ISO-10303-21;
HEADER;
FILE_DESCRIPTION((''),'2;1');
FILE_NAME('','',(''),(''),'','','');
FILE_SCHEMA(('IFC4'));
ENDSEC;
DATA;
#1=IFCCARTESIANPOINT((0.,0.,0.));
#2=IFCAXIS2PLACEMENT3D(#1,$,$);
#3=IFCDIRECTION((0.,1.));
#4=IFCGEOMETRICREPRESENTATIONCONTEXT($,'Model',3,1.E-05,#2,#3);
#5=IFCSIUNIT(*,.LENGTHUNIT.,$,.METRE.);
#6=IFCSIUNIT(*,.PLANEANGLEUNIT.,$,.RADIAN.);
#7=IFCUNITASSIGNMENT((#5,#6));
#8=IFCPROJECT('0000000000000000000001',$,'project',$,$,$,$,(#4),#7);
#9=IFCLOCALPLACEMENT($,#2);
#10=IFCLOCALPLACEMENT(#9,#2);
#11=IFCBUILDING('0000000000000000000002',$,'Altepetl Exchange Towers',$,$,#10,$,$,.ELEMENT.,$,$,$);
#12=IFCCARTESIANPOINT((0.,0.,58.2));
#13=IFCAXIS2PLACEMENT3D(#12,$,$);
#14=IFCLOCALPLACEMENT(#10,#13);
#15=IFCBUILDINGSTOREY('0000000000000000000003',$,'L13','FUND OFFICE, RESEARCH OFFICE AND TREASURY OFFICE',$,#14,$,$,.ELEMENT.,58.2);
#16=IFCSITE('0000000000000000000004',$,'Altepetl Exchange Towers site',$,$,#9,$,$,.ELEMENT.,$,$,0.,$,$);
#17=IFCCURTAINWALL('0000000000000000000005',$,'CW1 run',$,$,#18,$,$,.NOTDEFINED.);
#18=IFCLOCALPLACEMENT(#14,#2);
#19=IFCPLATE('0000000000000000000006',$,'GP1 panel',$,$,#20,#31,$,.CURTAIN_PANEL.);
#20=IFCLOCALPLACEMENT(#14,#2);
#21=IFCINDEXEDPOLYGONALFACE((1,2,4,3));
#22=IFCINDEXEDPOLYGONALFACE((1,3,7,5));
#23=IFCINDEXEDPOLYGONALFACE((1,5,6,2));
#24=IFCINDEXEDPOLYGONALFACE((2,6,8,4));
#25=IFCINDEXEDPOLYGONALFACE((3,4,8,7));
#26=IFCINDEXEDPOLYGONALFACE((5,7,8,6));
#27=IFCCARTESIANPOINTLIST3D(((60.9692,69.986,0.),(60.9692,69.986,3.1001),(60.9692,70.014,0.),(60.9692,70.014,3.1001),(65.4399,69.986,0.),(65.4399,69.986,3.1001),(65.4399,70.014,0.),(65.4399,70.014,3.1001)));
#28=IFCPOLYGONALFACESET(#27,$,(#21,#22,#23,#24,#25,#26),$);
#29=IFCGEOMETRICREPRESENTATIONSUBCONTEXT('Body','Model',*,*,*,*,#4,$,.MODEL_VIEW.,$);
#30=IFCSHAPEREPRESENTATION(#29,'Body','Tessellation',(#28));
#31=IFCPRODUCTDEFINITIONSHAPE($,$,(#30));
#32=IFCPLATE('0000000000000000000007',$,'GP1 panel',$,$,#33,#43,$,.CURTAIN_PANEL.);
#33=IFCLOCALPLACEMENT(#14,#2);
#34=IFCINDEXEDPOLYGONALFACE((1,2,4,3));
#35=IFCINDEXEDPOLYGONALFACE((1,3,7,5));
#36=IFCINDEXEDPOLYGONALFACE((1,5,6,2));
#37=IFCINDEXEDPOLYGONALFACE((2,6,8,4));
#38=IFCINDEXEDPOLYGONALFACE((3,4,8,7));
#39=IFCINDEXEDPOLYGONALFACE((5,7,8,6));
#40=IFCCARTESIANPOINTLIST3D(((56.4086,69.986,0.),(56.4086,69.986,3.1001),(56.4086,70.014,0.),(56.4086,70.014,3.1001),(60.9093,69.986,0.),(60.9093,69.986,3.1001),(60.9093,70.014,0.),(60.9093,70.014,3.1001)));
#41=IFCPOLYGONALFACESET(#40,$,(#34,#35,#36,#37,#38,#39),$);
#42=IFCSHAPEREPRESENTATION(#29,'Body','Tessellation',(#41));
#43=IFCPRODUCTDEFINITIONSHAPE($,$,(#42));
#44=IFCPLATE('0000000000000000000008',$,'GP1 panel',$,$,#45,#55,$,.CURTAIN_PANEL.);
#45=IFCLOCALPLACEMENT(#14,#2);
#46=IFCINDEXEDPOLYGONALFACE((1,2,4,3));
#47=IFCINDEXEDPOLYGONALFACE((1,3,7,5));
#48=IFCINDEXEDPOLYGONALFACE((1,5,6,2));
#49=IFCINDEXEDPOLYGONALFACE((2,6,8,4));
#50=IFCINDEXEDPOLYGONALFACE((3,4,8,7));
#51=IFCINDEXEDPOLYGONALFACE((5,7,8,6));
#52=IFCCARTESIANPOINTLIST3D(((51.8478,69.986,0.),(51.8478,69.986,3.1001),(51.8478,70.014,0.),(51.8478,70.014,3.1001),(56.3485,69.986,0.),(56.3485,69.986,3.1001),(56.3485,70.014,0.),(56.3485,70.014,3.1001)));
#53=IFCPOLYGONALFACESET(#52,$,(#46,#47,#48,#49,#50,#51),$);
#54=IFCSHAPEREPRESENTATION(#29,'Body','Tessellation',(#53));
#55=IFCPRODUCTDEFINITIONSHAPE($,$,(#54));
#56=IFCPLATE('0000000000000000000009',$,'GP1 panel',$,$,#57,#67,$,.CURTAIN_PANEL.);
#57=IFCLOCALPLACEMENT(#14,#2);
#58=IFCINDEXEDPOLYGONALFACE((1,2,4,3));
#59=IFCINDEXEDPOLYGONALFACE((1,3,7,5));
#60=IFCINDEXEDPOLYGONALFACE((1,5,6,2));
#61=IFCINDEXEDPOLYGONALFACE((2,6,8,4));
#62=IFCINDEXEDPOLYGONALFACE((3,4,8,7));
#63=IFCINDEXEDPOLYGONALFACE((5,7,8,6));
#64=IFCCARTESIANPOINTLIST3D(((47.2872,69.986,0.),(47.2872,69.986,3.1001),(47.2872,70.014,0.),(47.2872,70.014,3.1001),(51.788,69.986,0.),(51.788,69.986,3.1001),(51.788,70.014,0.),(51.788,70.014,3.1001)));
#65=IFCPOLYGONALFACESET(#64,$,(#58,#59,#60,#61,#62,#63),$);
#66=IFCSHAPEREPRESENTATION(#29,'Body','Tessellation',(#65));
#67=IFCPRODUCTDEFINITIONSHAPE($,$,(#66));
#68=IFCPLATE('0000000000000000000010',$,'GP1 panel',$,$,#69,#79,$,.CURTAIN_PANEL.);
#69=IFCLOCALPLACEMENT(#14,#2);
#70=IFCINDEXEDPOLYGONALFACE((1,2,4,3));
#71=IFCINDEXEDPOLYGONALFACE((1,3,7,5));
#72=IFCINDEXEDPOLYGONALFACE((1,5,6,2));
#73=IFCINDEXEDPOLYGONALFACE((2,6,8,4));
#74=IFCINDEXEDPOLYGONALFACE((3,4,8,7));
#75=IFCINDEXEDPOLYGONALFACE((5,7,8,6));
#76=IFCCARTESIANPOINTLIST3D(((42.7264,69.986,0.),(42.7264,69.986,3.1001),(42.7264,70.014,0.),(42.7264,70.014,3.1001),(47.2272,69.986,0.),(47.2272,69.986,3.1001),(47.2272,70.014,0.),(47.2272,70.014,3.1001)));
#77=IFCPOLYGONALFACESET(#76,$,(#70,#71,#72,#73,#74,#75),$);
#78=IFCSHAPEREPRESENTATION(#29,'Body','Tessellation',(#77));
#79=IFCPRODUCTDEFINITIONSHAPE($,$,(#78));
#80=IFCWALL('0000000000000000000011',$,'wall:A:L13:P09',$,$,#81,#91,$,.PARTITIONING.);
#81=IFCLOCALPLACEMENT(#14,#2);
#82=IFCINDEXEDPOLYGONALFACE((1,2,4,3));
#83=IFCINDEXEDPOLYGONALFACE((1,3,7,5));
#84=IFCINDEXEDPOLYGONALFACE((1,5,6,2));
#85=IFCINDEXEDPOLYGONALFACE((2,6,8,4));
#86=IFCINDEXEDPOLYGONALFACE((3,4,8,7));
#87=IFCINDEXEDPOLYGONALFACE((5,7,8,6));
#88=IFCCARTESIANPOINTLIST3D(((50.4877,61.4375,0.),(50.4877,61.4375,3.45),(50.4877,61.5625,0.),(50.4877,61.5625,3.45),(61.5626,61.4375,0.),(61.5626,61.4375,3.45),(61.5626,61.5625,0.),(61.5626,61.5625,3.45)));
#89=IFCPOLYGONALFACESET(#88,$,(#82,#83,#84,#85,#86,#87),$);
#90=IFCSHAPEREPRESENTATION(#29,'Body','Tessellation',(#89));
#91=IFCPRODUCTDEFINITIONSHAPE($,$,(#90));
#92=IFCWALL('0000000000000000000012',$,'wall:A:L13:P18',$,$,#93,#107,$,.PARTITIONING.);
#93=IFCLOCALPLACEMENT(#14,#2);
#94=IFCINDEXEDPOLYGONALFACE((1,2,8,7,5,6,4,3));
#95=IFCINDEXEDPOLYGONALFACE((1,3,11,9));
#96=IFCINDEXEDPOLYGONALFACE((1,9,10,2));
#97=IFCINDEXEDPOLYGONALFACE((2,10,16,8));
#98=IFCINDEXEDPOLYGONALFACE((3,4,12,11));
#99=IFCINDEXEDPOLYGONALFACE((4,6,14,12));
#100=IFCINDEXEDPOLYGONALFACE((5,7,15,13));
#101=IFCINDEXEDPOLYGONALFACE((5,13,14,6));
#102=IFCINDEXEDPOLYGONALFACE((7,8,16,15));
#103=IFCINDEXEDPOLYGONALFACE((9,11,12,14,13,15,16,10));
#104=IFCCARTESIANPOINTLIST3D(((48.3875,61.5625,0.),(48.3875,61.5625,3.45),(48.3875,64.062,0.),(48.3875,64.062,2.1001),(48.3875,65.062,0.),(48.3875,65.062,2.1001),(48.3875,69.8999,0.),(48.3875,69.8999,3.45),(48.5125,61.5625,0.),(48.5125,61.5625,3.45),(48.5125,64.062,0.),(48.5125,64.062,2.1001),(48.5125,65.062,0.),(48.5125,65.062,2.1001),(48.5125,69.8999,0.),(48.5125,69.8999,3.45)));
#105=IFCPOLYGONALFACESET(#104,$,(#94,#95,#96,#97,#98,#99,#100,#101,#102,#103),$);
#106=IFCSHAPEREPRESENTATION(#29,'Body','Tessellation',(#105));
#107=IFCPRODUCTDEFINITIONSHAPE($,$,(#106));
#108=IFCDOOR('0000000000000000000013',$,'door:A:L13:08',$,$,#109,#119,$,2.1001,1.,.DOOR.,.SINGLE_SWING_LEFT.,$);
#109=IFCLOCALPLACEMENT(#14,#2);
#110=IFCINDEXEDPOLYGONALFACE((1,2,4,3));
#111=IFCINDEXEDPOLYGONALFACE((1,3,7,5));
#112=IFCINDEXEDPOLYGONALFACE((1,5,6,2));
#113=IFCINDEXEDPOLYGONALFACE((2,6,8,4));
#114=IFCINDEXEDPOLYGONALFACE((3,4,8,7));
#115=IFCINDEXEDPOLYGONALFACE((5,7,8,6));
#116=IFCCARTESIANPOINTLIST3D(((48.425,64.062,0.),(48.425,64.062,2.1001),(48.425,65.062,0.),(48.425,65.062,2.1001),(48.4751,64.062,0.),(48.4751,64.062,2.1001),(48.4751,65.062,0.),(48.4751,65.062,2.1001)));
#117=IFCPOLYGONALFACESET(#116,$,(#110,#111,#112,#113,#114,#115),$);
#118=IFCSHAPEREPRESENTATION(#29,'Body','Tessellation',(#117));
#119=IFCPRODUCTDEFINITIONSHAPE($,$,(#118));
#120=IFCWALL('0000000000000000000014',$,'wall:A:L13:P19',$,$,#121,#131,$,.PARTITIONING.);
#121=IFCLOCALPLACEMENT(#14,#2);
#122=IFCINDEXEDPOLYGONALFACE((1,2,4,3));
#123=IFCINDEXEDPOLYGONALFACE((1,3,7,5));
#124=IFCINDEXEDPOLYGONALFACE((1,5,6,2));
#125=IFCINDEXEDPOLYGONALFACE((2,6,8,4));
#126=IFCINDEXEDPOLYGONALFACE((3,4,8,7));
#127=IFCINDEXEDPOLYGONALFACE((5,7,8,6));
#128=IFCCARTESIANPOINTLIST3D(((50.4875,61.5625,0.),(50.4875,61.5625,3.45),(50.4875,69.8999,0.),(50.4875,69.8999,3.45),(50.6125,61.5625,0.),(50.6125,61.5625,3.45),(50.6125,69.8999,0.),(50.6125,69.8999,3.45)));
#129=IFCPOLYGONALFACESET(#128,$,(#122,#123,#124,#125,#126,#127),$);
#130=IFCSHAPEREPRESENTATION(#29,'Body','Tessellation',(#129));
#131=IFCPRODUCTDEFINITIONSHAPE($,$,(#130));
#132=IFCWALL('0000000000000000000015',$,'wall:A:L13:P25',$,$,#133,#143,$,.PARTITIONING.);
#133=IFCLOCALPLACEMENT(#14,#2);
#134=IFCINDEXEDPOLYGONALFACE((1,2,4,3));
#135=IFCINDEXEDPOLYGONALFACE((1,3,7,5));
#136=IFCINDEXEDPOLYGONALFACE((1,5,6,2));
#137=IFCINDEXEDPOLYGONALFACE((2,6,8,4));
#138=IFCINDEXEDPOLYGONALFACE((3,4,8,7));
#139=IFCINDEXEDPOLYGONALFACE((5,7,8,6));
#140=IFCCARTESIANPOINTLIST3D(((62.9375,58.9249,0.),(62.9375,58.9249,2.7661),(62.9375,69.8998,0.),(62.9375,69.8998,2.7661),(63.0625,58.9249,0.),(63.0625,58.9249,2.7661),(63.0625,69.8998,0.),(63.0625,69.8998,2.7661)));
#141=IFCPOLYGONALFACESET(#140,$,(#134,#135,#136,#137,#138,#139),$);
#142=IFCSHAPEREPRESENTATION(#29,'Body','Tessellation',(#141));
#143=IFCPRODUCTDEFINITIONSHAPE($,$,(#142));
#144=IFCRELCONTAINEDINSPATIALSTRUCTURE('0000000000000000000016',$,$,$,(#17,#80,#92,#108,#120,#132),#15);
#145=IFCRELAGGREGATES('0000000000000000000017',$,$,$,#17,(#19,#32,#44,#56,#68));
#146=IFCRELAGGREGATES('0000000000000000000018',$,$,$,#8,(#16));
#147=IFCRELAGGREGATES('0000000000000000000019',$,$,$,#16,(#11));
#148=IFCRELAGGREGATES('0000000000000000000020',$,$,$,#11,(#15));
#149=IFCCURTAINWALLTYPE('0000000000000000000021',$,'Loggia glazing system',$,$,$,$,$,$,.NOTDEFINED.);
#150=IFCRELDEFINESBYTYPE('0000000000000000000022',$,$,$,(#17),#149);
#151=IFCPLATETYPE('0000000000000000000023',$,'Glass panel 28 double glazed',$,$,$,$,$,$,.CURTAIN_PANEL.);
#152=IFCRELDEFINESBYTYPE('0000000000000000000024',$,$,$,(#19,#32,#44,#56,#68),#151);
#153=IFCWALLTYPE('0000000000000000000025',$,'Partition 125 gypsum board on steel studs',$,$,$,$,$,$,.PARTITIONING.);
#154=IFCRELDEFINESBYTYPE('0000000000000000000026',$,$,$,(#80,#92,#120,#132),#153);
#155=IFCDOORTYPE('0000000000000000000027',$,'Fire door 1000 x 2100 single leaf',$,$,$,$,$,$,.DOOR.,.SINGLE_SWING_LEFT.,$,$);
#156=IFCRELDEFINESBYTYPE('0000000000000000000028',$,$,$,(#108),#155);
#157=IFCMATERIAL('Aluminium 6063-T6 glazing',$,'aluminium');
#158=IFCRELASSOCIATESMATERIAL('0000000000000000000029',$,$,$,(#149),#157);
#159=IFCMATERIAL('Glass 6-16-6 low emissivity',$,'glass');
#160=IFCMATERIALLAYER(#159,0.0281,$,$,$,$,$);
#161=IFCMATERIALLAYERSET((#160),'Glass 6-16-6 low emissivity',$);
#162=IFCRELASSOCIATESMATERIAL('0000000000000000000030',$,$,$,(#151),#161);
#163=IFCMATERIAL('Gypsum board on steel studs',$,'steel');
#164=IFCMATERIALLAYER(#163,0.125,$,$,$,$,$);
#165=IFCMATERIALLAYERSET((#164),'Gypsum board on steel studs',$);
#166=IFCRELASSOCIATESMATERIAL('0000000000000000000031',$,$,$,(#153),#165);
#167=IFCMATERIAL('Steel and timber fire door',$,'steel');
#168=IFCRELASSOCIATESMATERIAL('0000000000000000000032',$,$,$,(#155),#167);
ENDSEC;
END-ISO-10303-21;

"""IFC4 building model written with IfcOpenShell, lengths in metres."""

from ifc_helpers import new_model, si_unit, direction, frame, frame_2d, origin, origin_2d, place, context, subcontext, project, spatial, rectangle, extrude, material, layer, layer_set, type_object, element, fill, aggregate, save


model = new_model("IFC4")

# Units and contexts
model_context = context("Model", 3, precision=1e-05, world=origin(), true_north=direction((0.0, 1.0)))
body_context = subcontext(model_context, "Body", "Model", "MODEL_VIEW")
ifc_project = project(units=[si_unit("LENGTHUNIT", "METRE"), si_unit("PLANEANGLEUNIT", "RADIAN")], contexts=[model_context])

# Site, building, storey
site_placement = place(None, origin())
site = spatial("IfcSite", under=ifc_project, at=site_placement, Name="Altepetl Exchange Towers site", CompositionType="ELEMENT", RefElevation=0.0)
building_placement = place(site_placement, origin())
building = spatial("IfcBuilding", under=site, at=building_placement, Name="Altepetl Exchange Towers", CompositionType="ELEMENT")
storey_placement = place(building_placement, frame((0.0, 0.0, 58.2)))
storey = spatial("IfcBuildingStorey", under=building, at=storey_placement, Name="L13", Description="FUND OFFICE, RESEARCH OFFICE AND TREASURY OFFICE", CompositionType="ELEMENT", Elevation=58.2)

# Shared definitions
ifc_material_1 = material(Name="Aluminium 6063-T6 glazing", Category="aluminium")
curtain_wall_type = type_object("IfcCurtainWallType", Name="Loggia glazing system", PredefinedType="NOTDEFINED", material=ifc_material_1)

# Curtain wall
curtain_wall_1_placement = place(storey_placement, origin())
curtain_wall_1 = element("IfcCurtainWall", 1, at=curtain_wall_1_placement, inside=storey, type_object=curtain_wall_type, Name="CW1 run", PredefinedType="NOTDEFINED")

# Plates
ifc_material_2 = material(Name="Glass 6-16-6 low emissivity", Category="glass")
ifc_layer_1 = layer(ifc_material_2, 0.0281)
ifc_layer_set_1 = layer_set([ifc_layer_1], Name="Glass 6-16-6 low emissivity")
plate_type = type_object("IfcPlateType", Name="Glass panel 28 double glazed", PredefinedType="CURTAIN_PANEL", material=ifc_layer_set_1)
plate_1_placement = place(storey_placement, frame((63.2046, 70.0, 0.0), z_axis=(0.0, 0.0, 1.0), x_axis=(-1.0, 0.0, 0.0)))
plate_1 = element("IfcPlate", 2, at=plate_1_placement, type_object=plate_type, Name="GP1 panel", PredefinedType="CURTAIN_PANEL", context=body_context, shape_type="SweptSolid", body=[
    extrude(rectangle(XDim=4.4707, YDim=0.0281, at=origin_2d()), origin(), (0.0, 0.0, 1.0), 3.1001),
])
plate_2_placement = place(storey_placement, frame((58.6589, 70.0, 0.0), z_axis=(0.0, 0.0, 1.0), x_axis=(-1.0, 0.0, 0.0)))
plate_2 = element("IfcPlate", 3, at=plate_2_placement, type_object=plate_type, Name="GP1 panel", PredefinedType="CURTAIN_PANEL", context=body_context, shape_type="SweptSolid", body=[
    extrude(rectangle(XDim=4.5007, YDim=0.0281, at=origin_2d()), origin(), (0.0, 0.0, 1.0), 3.1001),
])
plate_3_placement = place(storey_placement, frame((54.0981, 70.0, 0.0), z_axis=(0.0, 0.0, 1.0), x_axis=(-1.0, 0.0, 0.0)))
plate_3 = element("IfcPlate", 4, at=plate_3_placement, type_object=plate_type, Name="GP1 panel", PredefinedType="CURTAIN_PANEL", context=body_context, shape_type="SweptSolid", body=[
    extrude(rectangle(XDim=4.5007, YDim=0.0281, at=origin_2d()), origin(), (0.0, 0.0, 1.0), 3.1001),
])
plate_4_placement = place(storey_placement, frame((49.5376, 70.0, 0.0), z_axis=(0.0, 0.0, 1.0), x_axis=(-1.0, 0.0, 0.0)))
plate_4 = element("IfcPlate", 5, at=plate_4_placement, type_object=plate_type, Name="GP1 panel", PredefinedType="CURTAIN_PANEL", context=body_context, shape_type="SweptSolid", body=[
    extrude(rectangle(XDim=4.5007, YDim=0.0281, at=origin_2d()), origin(), (0.0, 0.0, 1.0), 3.1001),
])
plate_5_placement = place(storey_placement, frame((44.9768, 70.0, 0.0), z_axis=(0.0, 0.0, 1.0), x_axis=(-1.0, 0.0, 0.0)))
plate_5 = element("IfcPlate", 6, at=plate_5_placement, type_object=plate_type, Name="GP1 panel", PredefinedType="CURTAIN_PANEL", context=body_context, shape_type="SweptSolid", body=[
    extrude(rectangle(XDim=4.5007, YDim=0.0281, at=origin_2d()), origin(), (0.0, 0.0, 1.0), 3.1001),
])
aggregate(curtain_wall_1, [plate_1, plate_2, plate_3, plate_4, plate_5])

# Wall
ifc_material_3 = material(Name="Gypsum board on steel studs", Category="steel")
ifc_layer_2 = layer(ifc_material_3, 0.125)
ifc_layer_set_2 = layer_set([ifc_layer_2], Name="Gypsum board on steel studs")
wall_type = type_object("IfcWallType", Name="Partition 125 gypsum board on steel studs", PredefinedType="PARTITIONING", material=ifc_layer_set_2)
wall_1_placement = place(storey_placement, frame((50.4875, 61.5, 0.0)))
element("IfcWall", 7, at=wall_1_placement, inside=storey, type_object=wall_type, Name="wall:A:L13:P09", PredefinedType="PARTITIONING", context=body_context, shape_type="SweptSolid", body=[
    extrude(rectangle(XDim=11.075, YDim=0.125, at=frame_2d((5.5376, 0.0))), origin(), (0.0, 0.0, 1.0), 3.45),
])

# Wall, opening, door
wall_2_placement = place(storey_placement, frame((48.45, 61.5625, 0.0), z_axis=(0.0, 0.0, 1.0), x_axis=(0.0, 1.0, 0.0)))
wall_2 = element("IfcWall", 8, at=wall_2_placement, inside=storey, type_object=wall_type, Name="wall:A:L13:P18", PredefinedType="PARTITIONING", context=body_context, shape_type="SweptSolid", body=[
    extrude(rectangle(XDim=8.3374, YDim=0.125, at=frame_2d((4.1687, 0.0))), origin(), (0.0, 0.0, 1.0), 3.45),
])
opening_placement = place(wall_2_placement, frame((2.4995, 0.0, 0.0)))
opening = element("IfcOpeningElement", 9, at=opening_placement, cuts=wall_2, PredefinedType="OPENING", context=body_context, shape_type="SweptSolid", body=[
    extrude(rectangle(XDim=1.0, YDim=2.1001, at=frame_2d((0.5, 1.05))), frame((0.0, 0.0725, 0.0), z_axis=(0.0, -1.0, 0.0), x_axis=(1.0, 0.0, 0.0)), (0.0, 0.0, 1.0), 0.145),
])
ifc_material_4 = material(Name="Steel and timber fire door", Category="steel")
door_type = type_object("IfcDoorType", Name="Fire door 1000 x 2100 single leaf", OperationType="SINGLE_SWING_LEFT", PredefinedType="DOOR", material=ifc_material_4)
door_placement = place(opening_placement, origin())
door = element("IfcDoor", 10, at=door_placement, inside=storey, type_object=door_type, Name="door:A:L13:08", OperationType="SINGLE_SWING_LEFT", OverallHeight=2.1001, OverallWidth=1.0, PredefinedType="DOOR", context=body_context, shape_type="SweptSolid", body=[
    extrude(rectangle(XDim=1.0, YDim=2.1001, at=frame_2d((0.5, 1.05))), frame((0.0, 0.0249, 0.0), z_axis=(0.0, -1.0, 0.0), x_axis=(1.0, 0.0, 0.0)), (0.0, 0.0, 1.0), 0.05),
])
fill(opening, door)

# Walls
wall_3_placement = place(storey_placement, frame((50.55, 61.5625, 0.0), z_axis=(0.0, 0.0, 1.0), x_axis=(0.0, 1.0, 0.0)))
element("IfcWall", 11, at=wall_3_placement, inside=storey, type_object=wall_type, Name="wall:A:L13:P19", PredefinedType="PARTITIONING", context=body_context, shape_type="SweptSolid", body=[
    extrude(rectangle(XDim=8.3374, YDim=0.125, at=frame_2d((4.1687, 0.0))), origin(), (0.0, 0.0, 1.0), 3.45),
])
wall_4_placement = place(storey_placement, frame((63.0, 58.925, 0.0), z_axis=(0.0, 0.0, 1.0), x_axis=(0.0, 1.0, 0.0)))
element("IfcWall", 12, at=wall_4_placement, inside=storey, type_object=wall_type, Name="wall:A:L13:P25", PredefinedType="PARTITIONING", context=body_context, shape_type="SweptSolid", body=[
    extrude(rectangle(XDim=10.9749, YDim=0.125, at=frame_2d((5.4873, 0.0))), origin(), (0.0, 0.0, 1.0), 2.7661),
])

save(model, "model.ifc")
